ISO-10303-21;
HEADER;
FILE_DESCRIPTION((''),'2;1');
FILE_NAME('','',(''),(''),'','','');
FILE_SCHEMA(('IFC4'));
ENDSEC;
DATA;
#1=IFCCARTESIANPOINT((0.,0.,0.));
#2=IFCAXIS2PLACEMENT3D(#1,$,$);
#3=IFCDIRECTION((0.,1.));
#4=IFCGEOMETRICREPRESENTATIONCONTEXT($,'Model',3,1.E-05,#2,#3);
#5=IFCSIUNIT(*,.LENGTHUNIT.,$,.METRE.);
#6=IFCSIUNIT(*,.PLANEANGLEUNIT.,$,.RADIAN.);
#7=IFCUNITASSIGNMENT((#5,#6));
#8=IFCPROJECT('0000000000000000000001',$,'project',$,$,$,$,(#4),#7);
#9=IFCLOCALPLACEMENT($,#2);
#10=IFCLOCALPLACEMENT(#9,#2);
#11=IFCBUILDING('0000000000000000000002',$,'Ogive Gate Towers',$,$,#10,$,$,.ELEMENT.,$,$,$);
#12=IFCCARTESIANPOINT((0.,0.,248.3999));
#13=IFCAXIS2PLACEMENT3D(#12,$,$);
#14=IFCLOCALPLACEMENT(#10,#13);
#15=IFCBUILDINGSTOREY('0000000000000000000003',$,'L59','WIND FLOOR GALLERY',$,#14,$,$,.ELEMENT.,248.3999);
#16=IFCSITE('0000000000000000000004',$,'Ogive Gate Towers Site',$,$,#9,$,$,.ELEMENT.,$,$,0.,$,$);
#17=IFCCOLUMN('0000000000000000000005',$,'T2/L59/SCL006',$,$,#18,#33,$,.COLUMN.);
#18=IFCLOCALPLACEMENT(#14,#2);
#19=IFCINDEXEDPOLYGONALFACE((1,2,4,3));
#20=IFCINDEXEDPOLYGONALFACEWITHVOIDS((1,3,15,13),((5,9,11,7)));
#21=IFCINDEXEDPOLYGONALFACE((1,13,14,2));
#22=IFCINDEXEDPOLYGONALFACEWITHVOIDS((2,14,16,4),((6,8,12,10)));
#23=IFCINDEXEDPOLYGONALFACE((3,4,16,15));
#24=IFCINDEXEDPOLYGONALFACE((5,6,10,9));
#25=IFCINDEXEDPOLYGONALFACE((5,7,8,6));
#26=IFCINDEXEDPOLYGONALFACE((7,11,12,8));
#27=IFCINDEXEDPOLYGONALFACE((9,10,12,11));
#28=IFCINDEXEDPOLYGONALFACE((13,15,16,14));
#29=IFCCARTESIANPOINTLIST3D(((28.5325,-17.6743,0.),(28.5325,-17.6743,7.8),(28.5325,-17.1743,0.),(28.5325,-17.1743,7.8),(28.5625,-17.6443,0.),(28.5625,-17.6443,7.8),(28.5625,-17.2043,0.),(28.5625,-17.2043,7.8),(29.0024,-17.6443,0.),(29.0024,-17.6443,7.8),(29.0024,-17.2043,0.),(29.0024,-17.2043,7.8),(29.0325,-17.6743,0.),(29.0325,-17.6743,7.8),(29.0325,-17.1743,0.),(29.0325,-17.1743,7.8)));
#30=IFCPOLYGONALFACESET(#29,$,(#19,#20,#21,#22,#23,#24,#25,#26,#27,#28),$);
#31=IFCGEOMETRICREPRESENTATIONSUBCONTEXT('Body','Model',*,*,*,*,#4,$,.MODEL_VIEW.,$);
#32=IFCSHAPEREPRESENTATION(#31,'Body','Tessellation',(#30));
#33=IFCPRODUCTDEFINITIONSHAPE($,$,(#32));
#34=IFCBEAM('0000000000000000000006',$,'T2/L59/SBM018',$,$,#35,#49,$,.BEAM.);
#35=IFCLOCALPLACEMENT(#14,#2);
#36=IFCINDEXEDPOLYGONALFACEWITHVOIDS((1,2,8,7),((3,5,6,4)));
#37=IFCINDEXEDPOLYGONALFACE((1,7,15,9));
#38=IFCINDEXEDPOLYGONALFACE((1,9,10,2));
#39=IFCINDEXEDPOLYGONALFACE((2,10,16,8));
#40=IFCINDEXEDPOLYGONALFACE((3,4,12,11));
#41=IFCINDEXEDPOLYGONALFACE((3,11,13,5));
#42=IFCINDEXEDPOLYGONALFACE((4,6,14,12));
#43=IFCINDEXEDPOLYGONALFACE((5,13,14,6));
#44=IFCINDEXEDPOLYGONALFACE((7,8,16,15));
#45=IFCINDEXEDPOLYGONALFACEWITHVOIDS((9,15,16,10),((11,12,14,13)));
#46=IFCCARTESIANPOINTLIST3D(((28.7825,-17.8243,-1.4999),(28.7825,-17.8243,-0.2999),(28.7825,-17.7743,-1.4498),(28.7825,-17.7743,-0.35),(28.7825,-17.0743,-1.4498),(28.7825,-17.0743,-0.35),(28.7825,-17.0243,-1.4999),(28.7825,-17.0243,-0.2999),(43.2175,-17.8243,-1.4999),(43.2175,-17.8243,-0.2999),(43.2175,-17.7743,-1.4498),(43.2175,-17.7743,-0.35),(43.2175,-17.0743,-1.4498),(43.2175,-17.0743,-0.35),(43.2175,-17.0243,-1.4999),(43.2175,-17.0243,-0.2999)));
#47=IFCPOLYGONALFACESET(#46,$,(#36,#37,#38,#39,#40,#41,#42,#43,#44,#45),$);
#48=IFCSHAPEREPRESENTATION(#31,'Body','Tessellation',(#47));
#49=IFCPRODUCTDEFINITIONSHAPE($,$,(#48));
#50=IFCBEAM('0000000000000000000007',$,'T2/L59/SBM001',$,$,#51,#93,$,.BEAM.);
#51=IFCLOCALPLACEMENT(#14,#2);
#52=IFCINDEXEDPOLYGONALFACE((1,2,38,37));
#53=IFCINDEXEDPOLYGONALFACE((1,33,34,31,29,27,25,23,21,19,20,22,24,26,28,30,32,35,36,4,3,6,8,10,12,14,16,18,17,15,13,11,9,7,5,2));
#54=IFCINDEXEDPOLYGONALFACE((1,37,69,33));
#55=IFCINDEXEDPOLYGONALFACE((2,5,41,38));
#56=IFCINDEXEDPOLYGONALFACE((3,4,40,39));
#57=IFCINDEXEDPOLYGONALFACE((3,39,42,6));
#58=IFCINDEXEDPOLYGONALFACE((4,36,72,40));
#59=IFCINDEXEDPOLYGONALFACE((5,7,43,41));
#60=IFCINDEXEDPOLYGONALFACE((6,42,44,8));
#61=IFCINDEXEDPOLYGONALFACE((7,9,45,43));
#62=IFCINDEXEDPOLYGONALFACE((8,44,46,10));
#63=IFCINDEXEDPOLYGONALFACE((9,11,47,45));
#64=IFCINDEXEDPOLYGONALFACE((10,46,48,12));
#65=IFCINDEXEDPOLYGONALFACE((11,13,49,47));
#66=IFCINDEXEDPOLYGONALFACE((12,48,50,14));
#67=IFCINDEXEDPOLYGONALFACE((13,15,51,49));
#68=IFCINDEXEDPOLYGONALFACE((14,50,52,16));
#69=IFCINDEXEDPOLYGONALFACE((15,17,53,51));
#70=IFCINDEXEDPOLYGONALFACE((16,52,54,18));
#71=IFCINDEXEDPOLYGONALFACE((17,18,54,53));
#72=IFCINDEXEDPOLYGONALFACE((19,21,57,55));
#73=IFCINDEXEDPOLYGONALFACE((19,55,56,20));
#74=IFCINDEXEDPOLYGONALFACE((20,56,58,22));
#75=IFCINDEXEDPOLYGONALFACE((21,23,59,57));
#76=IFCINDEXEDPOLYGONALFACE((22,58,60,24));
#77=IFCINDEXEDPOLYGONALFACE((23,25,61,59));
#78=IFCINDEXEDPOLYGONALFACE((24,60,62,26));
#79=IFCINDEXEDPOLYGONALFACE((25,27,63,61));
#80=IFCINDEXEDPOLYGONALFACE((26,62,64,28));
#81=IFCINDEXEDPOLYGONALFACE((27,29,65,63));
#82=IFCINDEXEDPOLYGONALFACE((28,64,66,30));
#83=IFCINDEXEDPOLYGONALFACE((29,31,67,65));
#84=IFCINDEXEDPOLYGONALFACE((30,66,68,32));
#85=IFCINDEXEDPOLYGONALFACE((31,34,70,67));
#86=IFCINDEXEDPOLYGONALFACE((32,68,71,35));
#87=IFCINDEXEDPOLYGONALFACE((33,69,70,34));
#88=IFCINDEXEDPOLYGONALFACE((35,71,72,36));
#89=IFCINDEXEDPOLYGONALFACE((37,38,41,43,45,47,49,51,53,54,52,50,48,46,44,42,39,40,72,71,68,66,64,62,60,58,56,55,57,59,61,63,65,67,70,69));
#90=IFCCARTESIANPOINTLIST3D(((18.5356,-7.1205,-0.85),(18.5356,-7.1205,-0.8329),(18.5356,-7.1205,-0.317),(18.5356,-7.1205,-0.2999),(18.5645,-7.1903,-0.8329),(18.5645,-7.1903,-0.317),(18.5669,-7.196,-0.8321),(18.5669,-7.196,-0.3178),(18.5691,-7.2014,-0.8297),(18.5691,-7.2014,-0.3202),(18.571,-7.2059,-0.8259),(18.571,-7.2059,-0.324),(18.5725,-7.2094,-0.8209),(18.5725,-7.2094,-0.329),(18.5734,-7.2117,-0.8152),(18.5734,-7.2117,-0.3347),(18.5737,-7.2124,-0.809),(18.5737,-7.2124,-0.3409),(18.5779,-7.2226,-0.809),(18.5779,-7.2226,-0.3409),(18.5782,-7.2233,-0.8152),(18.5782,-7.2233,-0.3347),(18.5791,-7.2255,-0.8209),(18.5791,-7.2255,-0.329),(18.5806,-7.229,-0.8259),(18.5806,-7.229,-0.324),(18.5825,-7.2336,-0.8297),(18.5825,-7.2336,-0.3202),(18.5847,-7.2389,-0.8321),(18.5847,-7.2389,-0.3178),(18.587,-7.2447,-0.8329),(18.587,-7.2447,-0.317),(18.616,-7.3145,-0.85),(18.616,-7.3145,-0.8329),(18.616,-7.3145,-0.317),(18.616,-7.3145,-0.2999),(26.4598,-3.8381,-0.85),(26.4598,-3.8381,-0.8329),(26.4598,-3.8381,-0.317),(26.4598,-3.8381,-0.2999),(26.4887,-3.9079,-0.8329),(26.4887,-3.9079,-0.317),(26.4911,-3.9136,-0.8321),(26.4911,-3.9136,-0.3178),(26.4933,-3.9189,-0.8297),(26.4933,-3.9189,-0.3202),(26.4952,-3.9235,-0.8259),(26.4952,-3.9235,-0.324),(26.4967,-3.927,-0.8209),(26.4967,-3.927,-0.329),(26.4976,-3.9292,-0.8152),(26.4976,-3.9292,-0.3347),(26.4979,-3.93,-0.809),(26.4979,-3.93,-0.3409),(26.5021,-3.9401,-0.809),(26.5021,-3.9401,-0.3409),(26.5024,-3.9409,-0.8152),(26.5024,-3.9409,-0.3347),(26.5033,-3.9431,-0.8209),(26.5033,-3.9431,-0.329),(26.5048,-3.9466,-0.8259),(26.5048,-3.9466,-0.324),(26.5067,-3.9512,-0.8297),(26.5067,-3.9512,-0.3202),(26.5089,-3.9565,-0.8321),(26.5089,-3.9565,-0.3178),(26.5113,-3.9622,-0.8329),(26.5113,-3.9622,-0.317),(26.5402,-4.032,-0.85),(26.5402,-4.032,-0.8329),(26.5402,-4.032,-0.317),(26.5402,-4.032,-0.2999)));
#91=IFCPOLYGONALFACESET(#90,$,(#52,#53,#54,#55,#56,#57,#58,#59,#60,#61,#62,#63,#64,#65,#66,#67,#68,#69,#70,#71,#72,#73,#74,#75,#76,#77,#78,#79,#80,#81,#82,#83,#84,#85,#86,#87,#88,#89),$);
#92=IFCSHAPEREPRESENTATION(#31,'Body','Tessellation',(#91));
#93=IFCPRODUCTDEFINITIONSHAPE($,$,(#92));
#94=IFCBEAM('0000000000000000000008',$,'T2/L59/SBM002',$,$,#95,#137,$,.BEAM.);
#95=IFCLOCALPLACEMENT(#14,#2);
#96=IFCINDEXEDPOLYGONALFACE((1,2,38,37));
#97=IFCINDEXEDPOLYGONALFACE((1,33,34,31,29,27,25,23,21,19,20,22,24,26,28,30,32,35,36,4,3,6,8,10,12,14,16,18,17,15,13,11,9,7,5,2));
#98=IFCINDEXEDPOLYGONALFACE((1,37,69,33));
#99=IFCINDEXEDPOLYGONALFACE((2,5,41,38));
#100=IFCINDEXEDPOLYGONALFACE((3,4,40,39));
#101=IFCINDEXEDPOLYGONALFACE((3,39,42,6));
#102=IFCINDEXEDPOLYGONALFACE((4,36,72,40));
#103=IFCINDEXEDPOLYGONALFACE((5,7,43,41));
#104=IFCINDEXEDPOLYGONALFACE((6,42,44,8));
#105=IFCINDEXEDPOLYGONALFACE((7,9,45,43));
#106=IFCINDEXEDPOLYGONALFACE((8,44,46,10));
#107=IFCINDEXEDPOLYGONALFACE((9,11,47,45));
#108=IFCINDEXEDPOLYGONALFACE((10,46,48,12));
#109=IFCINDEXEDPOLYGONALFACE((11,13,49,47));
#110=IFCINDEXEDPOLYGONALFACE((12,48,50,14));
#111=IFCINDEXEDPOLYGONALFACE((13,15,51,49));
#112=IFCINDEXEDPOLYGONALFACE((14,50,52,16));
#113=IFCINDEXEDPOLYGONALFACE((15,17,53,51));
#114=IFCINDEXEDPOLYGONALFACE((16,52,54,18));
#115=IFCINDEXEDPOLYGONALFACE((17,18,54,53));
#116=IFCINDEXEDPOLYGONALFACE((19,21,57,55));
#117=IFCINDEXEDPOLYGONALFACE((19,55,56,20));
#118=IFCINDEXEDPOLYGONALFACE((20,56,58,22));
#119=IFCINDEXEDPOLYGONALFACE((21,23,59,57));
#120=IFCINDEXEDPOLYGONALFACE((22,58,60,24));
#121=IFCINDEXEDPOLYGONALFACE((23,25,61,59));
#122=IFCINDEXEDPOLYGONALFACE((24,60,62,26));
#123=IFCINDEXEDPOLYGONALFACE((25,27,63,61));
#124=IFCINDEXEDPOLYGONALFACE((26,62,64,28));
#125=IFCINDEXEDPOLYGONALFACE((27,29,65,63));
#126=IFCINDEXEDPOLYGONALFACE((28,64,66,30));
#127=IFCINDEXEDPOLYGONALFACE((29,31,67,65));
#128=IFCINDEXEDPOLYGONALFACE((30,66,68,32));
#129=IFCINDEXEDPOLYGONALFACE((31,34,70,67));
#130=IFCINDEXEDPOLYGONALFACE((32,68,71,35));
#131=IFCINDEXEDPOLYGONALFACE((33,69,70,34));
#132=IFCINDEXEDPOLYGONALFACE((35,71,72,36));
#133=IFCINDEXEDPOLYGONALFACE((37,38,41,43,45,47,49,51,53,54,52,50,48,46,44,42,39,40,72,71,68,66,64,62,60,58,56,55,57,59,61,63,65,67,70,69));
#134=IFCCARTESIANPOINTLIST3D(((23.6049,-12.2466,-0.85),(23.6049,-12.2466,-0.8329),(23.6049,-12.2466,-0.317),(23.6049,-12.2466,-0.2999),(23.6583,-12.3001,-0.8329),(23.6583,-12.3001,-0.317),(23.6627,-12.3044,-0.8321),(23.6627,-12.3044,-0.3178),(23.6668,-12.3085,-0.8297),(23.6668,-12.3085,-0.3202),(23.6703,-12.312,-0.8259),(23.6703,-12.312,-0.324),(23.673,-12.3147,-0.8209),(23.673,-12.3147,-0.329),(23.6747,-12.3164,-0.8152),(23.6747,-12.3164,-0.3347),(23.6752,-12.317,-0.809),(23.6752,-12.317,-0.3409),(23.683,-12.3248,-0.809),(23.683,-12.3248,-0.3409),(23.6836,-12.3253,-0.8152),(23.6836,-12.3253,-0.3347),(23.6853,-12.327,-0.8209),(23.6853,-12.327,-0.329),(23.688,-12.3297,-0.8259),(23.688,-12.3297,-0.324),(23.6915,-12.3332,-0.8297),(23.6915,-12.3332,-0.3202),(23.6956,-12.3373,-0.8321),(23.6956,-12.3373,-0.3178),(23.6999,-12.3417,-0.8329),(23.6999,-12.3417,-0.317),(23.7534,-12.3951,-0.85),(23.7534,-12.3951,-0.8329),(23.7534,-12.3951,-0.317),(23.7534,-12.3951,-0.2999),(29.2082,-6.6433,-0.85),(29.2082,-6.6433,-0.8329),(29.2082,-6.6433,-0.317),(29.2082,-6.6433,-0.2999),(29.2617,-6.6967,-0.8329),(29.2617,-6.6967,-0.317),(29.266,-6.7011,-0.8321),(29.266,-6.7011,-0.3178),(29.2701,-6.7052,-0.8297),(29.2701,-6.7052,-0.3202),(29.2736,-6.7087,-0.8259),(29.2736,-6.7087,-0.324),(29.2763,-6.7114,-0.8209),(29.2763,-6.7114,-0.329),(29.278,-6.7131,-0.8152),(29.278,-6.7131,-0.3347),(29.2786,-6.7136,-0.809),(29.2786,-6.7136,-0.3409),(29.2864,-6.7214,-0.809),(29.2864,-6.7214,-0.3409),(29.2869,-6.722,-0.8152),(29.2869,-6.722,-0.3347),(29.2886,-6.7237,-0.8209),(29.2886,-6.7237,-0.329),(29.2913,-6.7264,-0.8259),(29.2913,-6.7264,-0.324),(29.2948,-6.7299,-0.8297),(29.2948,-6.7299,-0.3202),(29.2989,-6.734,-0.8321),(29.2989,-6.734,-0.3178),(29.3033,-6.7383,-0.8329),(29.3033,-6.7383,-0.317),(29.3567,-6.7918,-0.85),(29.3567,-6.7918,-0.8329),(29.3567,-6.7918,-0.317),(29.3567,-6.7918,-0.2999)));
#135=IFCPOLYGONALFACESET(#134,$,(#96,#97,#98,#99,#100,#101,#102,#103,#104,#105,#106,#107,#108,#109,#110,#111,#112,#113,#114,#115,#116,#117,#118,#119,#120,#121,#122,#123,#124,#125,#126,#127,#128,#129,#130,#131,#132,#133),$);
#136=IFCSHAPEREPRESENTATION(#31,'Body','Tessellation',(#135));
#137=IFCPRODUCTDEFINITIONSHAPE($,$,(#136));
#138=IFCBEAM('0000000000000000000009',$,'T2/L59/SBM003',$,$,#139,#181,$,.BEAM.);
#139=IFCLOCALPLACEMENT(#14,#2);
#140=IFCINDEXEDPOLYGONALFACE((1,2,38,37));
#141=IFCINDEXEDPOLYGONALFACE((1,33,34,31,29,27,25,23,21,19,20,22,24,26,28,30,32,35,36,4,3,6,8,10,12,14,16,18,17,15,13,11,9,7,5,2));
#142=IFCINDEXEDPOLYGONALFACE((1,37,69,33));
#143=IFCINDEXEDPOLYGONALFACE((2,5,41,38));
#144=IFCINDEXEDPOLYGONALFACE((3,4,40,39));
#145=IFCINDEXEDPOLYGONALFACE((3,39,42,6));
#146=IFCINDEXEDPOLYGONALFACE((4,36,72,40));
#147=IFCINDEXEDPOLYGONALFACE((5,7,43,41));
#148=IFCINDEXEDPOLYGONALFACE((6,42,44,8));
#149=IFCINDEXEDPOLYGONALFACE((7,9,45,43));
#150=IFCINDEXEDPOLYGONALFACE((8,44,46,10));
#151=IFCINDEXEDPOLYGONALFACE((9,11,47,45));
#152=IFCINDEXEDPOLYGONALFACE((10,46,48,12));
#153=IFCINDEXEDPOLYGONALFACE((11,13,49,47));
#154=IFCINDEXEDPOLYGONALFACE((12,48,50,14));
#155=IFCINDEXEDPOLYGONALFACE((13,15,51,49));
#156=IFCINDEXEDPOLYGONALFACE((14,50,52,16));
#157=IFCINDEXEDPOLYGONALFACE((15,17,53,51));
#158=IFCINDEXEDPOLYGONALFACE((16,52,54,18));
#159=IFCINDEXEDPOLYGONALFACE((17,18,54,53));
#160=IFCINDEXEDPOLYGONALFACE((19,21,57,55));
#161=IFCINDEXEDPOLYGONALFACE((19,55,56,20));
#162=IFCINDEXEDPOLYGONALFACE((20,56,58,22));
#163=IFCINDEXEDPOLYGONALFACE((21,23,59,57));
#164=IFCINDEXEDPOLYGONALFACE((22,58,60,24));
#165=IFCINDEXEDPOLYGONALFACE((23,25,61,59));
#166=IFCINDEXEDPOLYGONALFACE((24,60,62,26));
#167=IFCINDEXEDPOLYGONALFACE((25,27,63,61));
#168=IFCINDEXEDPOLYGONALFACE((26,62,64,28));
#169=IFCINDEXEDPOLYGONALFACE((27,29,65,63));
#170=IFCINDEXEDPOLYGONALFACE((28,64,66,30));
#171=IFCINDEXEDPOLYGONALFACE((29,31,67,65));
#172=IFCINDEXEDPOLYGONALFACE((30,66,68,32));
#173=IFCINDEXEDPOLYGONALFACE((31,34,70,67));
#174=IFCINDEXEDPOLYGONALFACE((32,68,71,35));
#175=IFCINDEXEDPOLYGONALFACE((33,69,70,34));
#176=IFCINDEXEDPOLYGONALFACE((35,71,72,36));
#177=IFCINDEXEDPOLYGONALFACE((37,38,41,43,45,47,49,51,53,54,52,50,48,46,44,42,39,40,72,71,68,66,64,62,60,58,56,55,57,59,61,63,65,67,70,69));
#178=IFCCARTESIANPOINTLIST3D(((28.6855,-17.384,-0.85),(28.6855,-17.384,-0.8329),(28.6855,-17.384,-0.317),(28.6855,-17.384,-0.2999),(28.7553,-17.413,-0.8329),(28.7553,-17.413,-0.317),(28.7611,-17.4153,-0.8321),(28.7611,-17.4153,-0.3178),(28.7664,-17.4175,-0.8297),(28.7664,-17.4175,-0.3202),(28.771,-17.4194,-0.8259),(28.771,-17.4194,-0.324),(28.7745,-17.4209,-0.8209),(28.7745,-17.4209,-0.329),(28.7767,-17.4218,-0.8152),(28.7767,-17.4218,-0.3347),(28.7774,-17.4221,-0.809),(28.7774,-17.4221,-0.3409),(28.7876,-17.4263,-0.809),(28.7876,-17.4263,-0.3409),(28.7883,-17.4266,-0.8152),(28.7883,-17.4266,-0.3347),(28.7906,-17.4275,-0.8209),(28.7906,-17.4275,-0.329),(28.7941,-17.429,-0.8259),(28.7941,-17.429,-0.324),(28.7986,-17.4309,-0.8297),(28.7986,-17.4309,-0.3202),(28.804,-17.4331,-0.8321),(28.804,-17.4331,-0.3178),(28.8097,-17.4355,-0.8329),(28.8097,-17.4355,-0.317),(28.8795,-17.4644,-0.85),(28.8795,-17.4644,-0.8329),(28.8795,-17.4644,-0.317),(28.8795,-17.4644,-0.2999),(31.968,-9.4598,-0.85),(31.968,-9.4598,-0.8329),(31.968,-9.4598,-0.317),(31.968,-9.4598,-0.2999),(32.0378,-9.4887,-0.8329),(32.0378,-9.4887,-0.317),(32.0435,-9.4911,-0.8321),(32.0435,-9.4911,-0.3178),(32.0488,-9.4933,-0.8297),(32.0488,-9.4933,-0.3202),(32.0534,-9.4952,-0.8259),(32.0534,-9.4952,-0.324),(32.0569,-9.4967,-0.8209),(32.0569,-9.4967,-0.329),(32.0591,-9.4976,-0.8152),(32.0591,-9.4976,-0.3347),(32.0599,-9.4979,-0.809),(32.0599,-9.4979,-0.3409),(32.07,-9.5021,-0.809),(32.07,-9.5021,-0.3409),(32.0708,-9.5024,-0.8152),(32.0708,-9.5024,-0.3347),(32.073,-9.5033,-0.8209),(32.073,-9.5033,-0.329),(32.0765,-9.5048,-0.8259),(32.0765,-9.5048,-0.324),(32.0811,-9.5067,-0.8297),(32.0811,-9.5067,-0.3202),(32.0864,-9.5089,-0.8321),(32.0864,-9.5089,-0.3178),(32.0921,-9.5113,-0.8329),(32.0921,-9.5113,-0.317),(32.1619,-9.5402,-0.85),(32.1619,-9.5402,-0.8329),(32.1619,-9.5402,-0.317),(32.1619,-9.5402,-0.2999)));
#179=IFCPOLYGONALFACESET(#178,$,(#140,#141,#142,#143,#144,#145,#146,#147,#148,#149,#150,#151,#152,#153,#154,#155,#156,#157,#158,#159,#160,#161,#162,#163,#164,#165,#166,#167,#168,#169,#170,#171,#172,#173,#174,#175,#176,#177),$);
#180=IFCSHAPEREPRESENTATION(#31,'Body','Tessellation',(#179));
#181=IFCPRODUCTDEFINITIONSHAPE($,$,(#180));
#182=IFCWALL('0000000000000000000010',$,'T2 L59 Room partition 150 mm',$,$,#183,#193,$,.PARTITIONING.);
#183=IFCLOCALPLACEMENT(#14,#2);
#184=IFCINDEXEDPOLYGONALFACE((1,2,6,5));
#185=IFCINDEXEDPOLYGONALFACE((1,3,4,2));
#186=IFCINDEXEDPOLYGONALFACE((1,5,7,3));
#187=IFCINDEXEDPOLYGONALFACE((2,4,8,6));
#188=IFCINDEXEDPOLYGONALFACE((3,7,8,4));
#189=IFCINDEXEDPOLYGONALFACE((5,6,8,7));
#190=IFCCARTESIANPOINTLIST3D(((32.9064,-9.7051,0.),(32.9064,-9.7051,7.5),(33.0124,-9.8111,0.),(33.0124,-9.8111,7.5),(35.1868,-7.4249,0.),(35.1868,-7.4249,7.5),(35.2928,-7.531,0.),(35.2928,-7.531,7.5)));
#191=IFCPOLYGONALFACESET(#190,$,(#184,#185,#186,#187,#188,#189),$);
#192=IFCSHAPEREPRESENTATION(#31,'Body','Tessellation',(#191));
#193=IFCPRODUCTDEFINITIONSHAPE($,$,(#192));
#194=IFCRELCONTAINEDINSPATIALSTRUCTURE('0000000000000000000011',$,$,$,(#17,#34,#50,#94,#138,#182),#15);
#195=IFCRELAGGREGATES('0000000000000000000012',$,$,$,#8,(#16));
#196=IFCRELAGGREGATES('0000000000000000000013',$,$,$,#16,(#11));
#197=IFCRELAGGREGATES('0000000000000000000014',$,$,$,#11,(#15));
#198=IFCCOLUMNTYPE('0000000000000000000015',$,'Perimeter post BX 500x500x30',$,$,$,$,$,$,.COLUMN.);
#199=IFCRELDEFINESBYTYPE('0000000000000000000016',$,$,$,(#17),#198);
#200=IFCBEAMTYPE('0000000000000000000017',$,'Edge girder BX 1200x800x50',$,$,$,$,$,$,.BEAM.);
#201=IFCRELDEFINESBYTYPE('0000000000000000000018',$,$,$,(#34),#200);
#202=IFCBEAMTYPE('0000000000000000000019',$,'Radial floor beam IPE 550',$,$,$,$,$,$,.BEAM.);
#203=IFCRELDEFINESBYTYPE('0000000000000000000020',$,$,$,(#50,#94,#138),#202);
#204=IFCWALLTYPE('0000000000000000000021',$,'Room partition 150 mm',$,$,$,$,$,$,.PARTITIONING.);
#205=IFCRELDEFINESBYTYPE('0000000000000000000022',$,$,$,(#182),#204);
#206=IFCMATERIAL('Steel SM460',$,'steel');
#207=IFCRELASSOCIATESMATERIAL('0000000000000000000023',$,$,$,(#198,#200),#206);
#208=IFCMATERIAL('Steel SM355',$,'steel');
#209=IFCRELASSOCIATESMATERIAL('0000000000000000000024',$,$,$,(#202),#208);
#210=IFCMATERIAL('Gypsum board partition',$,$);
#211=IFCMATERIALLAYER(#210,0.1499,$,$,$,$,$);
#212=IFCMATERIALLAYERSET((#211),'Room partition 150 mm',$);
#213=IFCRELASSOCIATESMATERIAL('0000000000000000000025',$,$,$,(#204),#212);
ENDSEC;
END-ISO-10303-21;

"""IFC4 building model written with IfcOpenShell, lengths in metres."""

from ifc_helpers import new_model, si_unit, direction, frame, frame_2d, origin, origin_2d, place, context, subcontext, project, spatial, rectangle, hollow_rectangle, i_section, extrude, material, layer, layer_set, material_profile, profile_set, type_object, element, save


model = new_model("IFC4")

# Units and contexts
model_context = context("Model", 3, precision=1e-05, world=origin(), true_north=direction((0.0, 1.0)))
body_context = subcontext(model_context, "Body", "Model", "MODEL_VIEW")
ifc_project = project(units=[si_unit("LENGTHUNIT", "METRE"), si_unit("PLANEANGLEUNIT", "RADIAN")], contexts=[model_context])

# Site, building, storey
site_placement = place(None, origin())
site = spatial("IfcSite", under=ifc_project, at=site_placement, Name="Ogive Gate Towers Site", CompositionType="ELEMENT", RefElevation=0.0)
building_placement = place(site_placement, origin())
building = spatial("IfcBuilding", under=site, at=building_placement, Name="Ogive Gate Towers", CompositionType="ELEMENT")
storey_placement = place(building_placement, frame((0.0, 0.0, 248.3999)))
storey = spatial("IfcBuildingStorey", under=building, at=storey_placement, Name="L59", Description="WIND FLOOR GALLERY", CompositionType="ELEMENT", Elevation=248.3999)

# Column
ifc_material_1 = material(Name="Steel SM460", Category="steel")
ifc_material_profile_1 = material_profile(ifc_material_1, hollow_rectangle(XDim=0.5, YDim=0.5, WallThickness=0.03, at=origin_2d()), Name="BX 500x500x30")
ifc_profile_set_1 = profile_set([ifc_material_profile_1], Name="Steel SM460")
column_type = type_object("IfcColumnType", Name="Perimeter post BX 500x500x30", PredefinedType="COLUMN", material=ifc_profile_set_1)
column_placement = place(storey_placement, frame((28.7825, -17.4243, 0.0), z_axis=(0.0, 0.0, 1.0), x_axis=(1.0, 0.0, 0.0)))
element("IfcColumn", 1, at=column_placement, inside=storey, type_object=column_type, Name="T2/L59/SCL006", PredefinedType="COLUMN", context=body_context, shape_type="SweptSolid", body=[
    extrude(hollow_rectangle(XDim=0.5, YDim=0.5, WallThickness=0.03, at=origin_2d()), origin(), (0.0, 0.0, 1.0), 7.8),
])

# Beams
ifc_material_profile_2 = material_profile(ifc_material_1, hollow_rectangle(XDim=0.8, YDim=1.2, WallThickness=0.05, at=origin_2d()), Name="BX 1200x800x50")
ifc_profile_set_2 = profile_set([ifc_material_profile_2], Name="Steel SM460")
beam_type_1 = type_object("IfcBeamType", Name="Edge girder BX 1200x800x50", PredefinedType="BEAM", material=ifc_profile_set_2)
beam_1_placement = place(storey_placement, frame((28.7825, -17.4243, -0.8999), z_axis=(1.0, 0.0, 0.0), x_axis=(0.0, 1.0, 0.0)))
element("IfcBeam", 2, at=beam_1_placement, inside=storey, type_object=beam_type_1, Name="T2/L59/SBM018", PredefinedType="BEAM", context=body_context, shape_type="SweptSolid", body=[
    extrude(hollow_rectangle(XDim=0.8, YDim=1.2, WallThickness=0.05, at=origin_2d()), origin(), (0.0, 0.0, 1.0), 14.4351),
])
ifc_material_2 = material(Name="Steel SM355", Category="steel")
ifc_material_profile_3 = material_profile(ifc_material_2, i_section(OverallWidth=0.21, OverallDepth=0.55, WebThickness=0.011, FlangeThickness=0.0171, FilletRadius=0.0239, at=origin_2d()), Name="IPE 550")
ifc_profile_set_3 = profile_set([ifc_material_profile_3], Name="Steel SM355")
beam_type_2 = type_object("IfcBeamType", Name="Radial floor beam IPE 550", PredefinedType="BEAM", material=ifc_profile_set_3)
beam_2_placement = place(storey_placement, frame((26.5, -3.9351, -0.575), z_axis=(-0.923875, -0.382695, 0.0), x_axis=(0.382695, -0.923875, 0.0)))
element("IfcBeam", 3, at=beam_2_placement, inside=storey, type_object=beam_type_2, Name="T2/L59/SBM001", PredefinedType="BEAM", context=body_context, shape_type="SweptSolid", body=[
    extrude(i_section(OverallWidth=0.21, OverallDepth=0.55, WebThickness=0.011, FlangeThickness=0.0171, FilletRadius=0.0239, at=origin_2d()), origin(), (0.0, 0.0, 1.0), 8.5771),
])
beam_3_placement = place(storey_placement, frame((29.2825, -6.7175, -0.575), z_axis=(-0.707107, -0.707107, 0.0), x_axis=(0.707107, -0.707107, 0.0)))
element("IfcBeam", 4, at=beam_3_placement, inside=storey, type_object=beam_type_2, Name="T2/L59/SBM002", PredefinedType="BEAM", context=body_context, shape_type="SweptSolid", body=[
    extrude(i_section(OverallWidth=0.21, OverallDepth=0.55, WebThickness=0.011, FlangeThickness=0.0171, FilletRadius=0.0239, at=origin_2d()), origin(), (0.0, 0.0, 1.0), 7.9243),
])
beam_4_placement = place(storey_placement, frame((32.0649, -9.5, -0.575), z_axis=(-0.382695, -0.923875, 0.0), x_axis=(0.923875, -0.382695, 0.0)))
element("IfcBeam", 5, at=beam_4_placement, inside=storey, type_object=beam_type_2, Name="T2/L59/SBM003", PredefinedType="BEAM", context=body_context, shape_type="SweptSolid", body=[
    extrude(i_section(OverallWidth=0.21, OverallDepth=0.55, WebThickness=0.011, FlangeThickness=0.0171, FilletRadius=0.0239, at=origin_2d()), origin(), (0.0, 0.0, 1.0), 8.5771),
])

# Wall
ifc_material_3 = material(Name="Gypsum board partition")
ifc_layer_1 = layer(ifc_material_3, 0.1499)
ifc_layer_set_1 = layer_set([ifc_layer_1], Name="Room partition 150 mm")
wall_type_1 = type_object("IfcWallType", Name="Room partition 150 mm", PredefinedType="PARTITIONING", material=ifc_layer_set_1)
wall_1_placement = place(storey_placement, frame((32.9595, -9.7581, 0.0), z_axis=(0.0, 0.0, 1.0), x_axis=(0.707145, 0.707069, 0.0)))
element("IfcWall", 6, at=wall_1_placement, inside=storey, type_object=wall_type_1, Name="T2 L59 Room partition 150 mm", PredefinedType="PARTITIONING", context=body_context, shape_type="SweptSolid", body=[
    extrude(rectangle(XDim=3.2249, YDim=0.1499, at=frame_2d((1.6123, 0.0))), origin(), (0.0, 0.0, 1.0), 7.5),
])

save(model, "model.ifc")
